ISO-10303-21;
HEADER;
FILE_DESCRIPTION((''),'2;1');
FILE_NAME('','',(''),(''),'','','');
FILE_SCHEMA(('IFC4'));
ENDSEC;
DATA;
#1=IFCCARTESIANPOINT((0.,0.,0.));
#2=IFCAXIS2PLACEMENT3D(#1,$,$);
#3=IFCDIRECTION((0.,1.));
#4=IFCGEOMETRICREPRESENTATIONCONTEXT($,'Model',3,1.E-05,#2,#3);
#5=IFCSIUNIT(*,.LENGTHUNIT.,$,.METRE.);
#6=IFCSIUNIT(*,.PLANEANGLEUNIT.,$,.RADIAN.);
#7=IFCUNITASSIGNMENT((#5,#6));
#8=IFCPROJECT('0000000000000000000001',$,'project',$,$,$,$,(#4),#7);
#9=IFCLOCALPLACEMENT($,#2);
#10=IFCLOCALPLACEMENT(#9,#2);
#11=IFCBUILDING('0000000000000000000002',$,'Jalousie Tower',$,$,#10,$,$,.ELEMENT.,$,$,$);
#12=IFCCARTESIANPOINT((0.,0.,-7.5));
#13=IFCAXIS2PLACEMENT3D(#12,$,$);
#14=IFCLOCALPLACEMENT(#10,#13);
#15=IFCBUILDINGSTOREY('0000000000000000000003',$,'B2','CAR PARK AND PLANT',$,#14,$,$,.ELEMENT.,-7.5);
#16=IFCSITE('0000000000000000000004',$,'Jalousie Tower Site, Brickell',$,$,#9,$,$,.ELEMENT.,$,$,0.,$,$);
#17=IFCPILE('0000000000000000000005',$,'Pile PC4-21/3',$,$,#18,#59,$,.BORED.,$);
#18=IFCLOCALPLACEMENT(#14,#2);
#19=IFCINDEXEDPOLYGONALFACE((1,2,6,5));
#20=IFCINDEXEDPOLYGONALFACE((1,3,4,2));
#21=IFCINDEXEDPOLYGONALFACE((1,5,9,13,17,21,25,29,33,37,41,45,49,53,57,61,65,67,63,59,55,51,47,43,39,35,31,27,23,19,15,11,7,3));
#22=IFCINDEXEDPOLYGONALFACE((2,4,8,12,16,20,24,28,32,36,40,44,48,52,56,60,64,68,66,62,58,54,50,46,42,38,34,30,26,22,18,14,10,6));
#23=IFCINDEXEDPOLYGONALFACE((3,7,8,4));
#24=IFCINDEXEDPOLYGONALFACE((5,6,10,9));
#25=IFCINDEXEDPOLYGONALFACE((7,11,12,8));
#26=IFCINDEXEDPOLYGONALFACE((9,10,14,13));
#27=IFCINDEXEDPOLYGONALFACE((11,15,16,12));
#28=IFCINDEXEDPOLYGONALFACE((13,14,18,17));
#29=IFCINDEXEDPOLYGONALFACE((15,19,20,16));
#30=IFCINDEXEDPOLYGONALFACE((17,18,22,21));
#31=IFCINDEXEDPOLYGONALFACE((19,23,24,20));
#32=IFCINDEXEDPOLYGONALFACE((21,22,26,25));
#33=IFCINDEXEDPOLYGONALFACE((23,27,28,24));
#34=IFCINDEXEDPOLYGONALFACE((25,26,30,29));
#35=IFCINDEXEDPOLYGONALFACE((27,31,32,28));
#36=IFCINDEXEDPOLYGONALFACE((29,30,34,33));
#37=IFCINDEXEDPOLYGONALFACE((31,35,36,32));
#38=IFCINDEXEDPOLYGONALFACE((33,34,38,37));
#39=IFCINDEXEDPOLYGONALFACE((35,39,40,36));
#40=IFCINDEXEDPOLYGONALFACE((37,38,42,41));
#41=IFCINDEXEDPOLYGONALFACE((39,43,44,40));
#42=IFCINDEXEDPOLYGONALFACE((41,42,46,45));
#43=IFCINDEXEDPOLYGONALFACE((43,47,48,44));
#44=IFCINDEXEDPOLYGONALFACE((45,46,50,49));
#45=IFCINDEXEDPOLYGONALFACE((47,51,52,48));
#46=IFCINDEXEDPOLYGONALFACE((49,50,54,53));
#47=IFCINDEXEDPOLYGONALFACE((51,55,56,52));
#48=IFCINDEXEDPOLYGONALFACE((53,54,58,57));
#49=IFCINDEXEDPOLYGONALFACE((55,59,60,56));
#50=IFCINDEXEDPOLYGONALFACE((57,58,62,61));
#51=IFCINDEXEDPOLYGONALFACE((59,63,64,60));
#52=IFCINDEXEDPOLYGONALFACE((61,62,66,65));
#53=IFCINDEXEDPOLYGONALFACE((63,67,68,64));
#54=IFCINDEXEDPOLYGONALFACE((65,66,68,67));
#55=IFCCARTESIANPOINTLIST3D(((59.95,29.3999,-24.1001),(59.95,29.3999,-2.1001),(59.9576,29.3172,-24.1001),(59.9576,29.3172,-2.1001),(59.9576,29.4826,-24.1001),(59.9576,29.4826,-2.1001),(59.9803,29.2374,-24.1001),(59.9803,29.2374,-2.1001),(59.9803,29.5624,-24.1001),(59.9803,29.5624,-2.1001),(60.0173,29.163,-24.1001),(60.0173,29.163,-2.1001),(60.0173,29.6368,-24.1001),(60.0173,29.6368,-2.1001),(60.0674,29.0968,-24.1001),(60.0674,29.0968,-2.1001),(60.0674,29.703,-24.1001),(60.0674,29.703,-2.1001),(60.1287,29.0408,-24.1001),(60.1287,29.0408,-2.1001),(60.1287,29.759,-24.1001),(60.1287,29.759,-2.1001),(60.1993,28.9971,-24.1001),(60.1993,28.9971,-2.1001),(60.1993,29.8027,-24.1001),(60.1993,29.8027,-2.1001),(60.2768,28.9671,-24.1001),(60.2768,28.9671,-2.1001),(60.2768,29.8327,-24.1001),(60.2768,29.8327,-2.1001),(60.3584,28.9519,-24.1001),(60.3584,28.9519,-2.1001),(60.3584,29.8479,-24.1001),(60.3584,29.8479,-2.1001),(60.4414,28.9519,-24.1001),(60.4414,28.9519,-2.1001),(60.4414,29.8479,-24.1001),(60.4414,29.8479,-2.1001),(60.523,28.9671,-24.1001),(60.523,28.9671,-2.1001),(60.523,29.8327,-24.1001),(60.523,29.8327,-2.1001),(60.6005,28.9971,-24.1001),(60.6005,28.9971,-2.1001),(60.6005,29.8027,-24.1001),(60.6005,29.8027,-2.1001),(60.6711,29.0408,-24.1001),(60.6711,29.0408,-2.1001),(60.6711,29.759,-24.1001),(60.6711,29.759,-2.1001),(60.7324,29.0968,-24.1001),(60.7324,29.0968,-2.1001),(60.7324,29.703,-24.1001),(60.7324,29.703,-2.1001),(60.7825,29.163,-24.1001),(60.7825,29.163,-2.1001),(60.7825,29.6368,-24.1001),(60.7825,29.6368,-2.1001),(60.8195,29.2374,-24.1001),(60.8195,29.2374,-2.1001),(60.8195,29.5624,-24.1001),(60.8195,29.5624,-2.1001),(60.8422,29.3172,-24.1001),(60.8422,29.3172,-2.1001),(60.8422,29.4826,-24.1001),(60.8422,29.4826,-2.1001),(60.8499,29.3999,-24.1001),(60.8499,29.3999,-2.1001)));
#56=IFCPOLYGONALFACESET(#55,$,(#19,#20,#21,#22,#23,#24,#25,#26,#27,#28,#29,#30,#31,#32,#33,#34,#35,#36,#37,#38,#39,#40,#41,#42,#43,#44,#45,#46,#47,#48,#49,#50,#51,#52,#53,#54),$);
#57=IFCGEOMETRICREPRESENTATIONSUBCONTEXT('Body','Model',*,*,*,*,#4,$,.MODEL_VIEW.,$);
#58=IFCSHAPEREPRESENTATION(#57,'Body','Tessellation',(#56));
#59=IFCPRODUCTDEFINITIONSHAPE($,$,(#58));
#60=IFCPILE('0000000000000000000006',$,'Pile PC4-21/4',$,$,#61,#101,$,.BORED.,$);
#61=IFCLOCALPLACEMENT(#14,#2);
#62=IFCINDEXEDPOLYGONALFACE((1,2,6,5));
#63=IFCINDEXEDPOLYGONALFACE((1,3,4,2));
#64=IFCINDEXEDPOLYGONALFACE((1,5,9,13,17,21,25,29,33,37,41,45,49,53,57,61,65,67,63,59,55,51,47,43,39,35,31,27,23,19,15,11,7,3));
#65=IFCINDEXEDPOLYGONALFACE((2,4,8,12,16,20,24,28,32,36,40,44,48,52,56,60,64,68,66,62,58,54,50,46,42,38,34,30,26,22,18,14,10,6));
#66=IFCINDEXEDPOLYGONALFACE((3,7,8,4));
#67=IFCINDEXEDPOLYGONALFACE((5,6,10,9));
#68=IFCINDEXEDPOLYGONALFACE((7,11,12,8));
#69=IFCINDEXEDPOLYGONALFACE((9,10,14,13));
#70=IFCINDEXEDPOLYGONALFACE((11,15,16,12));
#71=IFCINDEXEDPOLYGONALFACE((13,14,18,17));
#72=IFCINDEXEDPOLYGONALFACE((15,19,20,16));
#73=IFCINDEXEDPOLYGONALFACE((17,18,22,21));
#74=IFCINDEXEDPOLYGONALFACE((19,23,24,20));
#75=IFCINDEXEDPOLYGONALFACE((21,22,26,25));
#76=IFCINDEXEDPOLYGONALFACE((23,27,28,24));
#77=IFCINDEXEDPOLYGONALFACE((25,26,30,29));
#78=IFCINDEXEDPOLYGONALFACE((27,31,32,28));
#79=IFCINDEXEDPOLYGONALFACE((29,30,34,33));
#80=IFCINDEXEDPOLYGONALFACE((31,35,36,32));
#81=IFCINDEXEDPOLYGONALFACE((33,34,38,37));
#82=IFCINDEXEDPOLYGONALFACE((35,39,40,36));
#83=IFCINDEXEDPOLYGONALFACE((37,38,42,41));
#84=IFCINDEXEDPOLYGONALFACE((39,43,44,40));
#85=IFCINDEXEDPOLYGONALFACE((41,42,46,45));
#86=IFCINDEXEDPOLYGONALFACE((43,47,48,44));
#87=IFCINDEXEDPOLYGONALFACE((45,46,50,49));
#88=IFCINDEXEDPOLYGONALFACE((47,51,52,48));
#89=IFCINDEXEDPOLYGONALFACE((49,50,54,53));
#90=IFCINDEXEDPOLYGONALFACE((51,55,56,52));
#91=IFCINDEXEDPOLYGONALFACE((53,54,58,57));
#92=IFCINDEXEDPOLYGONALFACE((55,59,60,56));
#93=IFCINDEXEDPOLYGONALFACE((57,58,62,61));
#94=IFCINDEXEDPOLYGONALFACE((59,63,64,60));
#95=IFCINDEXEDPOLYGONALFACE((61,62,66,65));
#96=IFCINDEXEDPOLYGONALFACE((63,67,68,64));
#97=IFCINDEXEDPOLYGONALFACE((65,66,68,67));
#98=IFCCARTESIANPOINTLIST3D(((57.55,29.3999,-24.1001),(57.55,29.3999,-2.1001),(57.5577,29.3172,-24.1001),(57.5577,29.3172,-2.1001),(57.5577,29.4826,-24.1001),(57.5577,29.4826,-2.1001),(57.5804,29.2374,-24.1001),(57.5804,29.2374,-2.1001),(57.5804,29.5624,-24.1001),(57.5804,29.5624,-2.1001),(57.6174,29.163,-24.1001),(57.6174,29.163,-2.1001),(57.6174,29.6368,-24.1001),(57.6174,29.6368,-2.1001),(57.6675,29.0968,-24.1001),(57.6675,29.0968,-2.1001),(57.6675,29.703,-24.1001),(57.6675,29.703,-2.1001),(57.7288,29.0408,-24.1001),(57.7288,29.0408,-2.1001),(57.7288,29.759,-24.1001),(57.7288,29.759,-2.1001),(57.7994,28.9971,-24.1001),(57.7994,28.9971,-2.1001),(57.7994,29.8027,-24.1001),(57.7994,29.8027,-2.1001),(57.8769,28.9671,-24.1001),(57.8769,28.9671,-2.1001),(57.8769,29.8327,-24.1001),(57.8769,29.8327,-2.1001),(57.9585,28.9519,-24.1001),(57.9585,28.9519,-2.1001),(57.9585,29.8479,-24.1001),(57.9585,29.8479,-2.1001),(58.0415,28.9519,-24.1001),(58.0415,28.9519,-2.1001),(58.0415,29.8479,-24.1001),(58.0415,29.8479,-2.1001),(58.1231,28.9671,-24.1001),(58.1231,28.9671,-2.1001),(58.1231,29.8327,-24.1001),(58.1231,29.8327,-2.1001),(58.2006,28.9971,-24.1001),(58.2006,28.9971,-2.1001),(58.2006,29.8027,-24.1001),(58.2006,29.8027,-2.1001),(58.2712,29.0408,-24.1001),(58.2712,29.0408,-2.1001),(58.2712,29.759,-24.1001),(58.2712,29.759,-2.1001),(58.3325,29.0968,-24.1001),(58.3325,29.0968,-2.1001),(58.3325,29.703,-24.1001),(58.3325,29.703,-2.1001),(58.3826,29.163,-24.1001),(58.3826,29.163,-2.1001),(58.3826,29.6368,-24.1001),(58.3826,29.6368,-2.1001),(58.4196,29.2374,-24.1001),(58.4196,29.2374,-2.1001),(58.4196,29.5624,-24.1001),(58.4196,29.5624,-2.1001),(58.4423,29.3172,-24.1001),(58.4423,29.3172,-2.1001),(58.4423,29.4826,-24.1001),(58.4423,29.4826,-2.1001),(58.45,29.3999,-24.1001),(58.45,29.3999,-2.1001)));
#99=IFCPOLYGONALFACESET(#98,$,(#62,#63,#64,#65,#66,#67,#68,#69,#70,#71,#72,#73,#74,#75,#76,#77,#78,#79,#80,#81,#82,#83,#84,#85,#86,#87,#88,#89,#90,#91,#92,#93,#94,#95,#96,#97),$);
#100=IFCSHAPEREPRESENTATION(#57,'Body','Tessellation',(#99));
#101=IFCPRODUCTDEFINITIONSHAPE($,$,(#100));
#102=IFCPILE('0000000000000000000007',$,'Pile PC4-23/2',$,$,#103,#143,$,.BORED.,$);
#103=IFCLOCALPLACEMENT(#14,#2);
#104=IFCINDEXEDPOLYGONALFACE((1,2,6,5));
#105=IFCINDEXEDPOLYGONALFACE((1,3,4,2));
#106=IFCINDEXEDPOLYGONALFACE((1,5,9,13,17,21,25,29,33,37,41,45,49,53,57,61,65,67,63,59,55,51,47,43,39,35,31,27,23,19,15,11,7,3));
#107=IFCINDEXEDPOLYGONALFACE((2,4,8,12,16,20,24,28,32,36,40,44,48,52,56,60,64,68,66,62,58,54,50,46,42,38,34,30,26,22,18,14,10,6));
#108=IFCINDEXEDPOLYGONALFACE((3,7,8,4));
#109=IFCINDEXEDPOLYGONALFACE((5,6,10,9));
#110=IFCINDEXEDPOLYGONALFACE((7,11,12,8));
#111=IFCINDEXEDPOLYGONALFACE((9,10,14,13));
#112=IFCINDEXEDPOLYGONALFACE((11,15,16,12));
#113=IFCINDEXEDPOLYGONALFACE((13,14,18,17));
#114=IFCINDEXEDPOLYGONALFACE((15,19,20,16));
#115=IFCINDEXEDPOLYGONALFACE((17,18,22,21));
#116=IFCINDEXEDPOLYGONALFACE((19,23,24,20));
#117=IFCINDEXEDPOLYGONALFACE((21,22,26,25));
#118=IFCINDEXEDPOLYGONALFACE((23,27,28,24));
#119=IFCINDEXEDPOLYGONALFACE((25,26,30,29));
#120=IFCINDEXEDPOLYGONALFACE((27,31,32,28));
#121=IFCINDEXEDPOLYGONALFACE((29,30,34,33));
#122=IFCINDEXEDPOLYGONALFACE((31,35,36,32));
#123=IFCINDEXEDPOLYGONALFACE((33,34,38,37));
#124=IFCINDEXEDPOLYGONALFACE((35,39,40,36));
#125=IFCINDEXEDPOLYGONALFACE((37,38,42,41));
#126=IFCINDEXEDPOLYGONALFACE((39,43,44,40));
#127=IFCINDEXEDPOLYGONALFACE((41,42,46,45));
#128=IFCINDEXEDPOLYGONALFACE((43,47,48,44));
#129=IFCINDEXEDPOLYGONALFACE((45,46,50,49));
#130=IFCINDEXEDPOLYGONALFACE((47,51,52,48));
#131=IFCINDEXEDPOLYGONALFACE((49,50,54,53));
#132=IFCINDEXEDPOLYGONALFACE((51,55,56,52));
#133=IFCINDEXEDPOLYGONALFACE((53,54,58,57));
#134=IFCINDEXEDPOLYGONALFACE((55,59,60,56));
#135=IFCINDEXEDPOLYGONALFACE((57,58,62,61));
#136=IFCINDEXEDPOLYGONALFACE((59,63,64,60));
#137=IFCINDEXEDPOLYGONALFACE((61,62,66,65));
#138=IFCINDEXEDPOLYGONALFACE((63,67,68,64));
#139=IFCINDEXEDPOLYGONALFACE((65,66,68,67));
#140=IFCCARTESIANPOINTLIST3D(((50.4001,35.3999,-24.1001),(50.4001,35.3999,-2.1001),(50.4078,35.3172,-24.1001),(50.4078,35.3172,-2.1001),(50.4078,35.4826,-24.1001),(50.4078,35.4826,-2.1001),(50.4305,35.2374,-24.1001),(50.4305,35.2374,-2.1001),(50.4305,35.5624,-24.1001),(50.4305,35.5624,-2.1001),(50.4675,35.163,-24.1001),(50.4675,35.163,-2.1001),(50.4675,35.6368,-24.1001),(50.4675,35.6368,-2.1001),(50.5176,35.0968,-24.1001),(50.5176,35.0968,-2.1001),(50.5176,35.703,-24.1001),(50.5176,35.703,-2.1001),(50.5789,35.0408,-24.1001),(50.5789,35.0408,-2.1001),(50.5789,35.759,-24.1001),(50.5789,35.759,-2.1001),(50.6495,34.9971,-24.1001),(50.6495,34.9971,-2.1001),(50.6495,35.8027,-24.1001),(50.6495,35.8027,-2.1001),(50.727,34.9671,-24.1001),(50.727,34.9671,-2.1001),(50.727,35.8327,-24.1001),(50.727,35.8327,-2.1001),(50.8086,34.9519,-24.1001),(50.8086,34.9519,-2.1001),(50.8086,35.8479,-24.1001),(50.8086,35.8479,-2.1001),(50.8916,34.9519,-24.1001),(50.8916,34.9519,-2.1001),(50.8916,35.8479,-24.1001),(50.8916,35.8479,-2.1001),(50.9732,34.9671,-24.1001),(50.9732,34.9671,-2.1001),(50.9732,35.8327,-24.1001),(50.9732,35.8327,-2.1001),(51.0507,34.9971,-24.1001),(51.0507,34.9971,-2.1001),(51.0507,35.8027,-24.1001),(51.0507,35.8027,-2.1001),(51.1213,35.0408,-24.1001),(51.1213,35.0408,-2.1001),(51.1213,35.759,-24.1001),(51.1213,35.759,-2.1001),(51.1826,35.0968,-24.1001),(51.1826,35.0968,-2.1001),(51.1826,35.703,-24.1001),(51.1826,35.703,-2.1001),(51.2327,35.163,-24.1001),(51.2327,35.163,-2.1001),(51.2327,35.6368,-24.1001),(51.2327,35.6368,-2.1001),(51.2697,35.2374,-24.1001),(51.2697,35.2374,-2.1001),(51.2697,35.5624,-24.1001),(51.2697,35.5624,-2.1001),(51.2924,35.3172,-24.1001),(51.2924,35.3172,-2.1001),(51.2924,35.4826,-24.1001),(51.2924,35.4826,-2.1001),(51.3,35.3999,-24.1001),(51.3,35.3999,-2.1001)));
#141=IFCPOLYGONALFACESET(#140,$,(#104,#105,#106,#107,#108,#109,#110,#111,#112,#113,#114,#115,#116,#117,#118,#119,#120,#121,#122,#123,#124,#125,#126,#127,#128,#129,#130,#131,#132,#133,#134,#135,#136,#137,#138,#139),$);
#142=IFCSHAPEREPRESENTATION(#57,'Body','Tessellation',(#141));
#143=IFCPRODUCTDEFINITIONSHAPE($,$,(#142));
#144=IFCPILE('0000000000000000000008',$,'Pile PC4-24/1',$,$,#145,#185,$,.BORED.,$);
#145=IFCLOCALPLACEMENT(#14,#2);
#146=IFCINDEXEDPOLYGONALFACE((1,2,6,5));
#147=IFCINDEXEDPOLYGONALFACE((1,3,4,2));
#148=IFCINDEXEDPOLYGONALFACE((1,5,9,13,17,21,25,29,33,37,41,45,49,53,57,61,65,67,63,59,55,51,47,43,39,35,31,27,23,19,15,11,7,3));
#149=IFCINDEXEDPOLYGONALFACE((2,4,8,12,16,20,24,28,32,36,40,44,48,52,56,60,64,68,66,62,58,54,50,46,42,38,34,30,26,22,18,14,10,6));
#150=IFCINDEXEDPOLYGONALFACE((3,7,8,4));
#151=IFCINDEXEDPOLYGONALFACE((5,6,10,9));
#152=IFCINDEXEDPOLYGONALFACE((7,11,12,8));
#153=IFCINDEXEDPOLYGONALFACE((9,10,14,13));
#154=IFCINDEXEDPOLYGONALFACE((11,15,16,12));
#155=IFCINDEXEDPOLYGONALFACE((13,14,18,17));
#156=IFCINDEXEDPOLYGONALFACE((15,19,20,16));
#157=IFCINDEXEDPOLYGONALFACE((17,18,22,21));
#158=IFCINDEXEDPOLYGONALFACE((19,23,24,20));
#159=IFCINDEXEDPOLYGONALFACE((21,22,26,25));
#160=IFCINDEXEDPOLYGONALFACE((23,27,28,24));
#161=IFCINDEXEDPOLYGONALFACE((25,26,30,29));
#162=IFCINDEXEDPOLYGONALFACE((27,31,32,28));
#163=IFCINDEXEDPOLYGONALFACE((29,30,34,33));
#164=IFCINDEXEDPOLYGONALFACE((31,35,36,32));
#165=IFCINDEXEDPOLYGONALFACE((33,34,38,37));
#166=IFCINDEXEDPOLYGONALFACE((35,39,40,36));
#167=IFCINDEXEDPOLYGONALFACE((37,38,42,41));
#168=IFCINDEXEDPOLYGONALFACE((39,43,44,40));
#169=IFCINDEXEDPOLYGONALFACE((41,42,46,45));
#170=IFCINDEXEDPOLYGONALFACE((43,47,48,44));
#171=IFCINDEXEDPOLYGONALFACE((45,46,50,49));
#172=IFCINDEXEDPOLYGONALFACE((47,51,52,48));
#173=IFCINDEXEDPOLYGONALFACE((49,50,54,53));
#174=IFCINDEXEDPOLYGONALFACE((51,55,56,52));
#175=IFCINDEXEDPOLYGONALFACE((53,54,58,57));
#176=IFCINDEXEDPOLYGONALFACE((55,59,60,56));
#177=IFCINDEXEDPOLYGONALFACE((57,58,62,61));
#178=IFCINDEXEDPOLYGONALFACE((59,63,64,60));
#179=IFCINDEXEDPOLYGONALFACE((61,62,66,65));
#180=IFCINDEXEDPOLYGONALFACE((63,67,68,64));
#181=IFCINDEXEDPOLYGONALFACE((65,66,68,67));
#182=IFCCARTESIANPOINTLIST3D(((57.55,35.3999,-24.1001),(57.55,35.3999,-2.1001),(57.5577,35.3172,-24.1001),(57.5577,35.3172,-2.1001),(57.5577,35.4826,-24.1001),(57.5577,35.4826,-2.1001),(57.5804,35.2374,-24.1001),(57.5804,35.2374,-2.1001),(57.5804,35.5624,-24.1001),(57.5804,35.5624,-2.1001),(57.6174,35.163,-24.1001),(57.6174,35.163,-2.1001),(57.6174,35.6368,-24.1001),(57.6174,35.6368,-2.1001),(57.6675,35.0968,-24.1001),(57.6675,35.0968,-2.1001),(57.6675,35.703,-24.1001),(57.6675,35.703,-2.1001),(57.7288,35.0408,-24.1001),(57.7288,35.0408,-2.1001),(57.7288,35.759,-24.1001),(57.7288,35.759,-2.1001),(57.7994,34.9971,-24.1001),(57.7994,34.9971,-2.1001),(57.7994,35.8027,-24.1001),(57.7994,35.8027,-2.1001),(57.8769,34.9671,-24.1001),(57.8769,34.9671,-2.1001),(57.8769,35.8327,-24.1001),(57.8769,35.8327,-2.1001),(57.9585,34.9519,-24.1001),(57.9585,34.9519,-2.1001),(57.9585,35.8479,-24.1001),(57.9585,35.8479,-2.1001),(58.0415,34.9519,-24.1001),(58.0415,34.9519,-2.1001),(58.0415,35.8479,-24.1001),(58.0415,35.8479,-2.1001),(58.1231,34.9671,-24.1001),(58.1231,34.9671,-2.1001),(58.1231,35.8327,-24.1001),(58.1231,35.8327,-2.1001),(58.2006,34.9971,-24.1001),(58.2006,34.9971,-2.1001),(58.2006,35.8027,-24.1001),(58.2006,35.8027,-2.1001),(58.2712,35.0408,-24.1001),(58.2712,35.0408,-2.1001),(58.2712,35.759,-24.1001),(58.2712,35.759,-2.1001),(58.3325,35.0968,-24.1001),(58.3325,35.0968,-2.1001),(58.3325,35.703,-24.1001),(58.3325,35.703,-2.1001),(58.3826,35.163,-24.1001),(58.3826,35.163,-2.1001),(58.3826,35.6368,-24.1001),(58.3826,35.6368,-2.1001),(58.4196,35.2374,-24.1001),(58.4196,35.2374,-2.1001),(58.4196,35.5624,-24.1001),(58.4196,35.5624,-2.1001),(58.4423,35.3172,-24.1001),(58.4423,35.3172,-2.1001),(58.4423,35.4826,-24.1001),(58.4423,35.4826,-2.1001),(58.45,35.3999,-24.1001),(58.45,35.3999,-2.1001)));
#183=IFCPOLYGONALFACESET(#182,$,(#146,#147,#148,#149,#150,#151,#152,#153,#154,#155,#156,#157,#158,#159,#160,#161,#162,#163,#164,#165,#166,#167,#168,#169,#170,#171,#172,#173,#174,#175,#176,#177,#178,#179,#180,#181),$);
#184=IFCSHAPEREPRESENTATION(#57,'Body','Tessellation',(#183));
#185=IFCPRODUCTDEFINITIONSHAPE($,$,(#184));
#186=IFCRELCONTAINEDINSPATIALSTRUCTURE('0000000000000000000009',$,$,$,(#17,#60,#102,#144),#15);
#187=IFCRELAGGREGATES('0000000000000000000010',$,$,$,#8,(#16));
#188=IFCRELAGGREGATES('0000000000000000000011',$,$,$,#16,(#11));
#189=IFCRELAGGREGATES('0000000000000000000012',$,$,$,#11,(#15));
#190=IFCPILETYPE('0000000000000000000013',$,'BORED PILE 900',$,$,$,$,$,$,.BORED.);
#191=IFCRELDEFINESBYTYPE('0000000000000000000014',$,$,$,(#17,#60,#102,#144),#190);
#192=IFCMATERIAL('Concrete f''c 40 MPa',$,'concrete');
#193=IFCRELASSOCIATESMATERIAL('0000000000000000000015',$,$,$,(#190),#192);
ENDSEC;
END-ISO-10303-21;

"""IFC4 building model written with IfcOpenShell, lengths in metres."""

from ifc_helpers import new_model, si_unit, direction, frame, origin, origin_2d, place, context, subcontext, project, spatial, circle, extrude, material, material_profile, profile_set, type_object, element, save


model = new_model("IFC4")

# Units and contexts
model_context = context("Model", 3, precision=1e-05, world=origin(), true_north=direction((0.0, 1.0)))
body_context = subcontext(model_context, "Body", "Model", "MODEL_VIEW")
ifc_project = project(units=[si_unit("LENGTHUNIT", "METRE"), si_unit("PLANEANGLEUNIT", "RADIAN")], contexts=[model_context])

# Site, building, storey
site_placement = place(None, origin())
site = spatial("IfcSite", under=ifc_project, at=site_placement, Name="Jalousie Tower Site, Brickell", CompositionType="ELEMENT", RefElevation=0.0)
building_placement = place(site_placement, origin())
building = spatial("IfcBuilding", under=site, at=building_placement, Name="Jalousie Tower", CompositionType="ELEMENT")
storey_placement = place(building_placement, frame((0.0, 0.0, -7.5)))
storey = spatial("IfcBuildingStorey", under=building, at=storey_placement, Name="B2", Description="CAR PARK AND PLANT", CompositionType="ELEMENT", Elevation=-7.5)

# Piles
ifc_material_1 = material(Name="Concrete f'c 40 MPa", Category="concrete")
ifc_material_profile_1 = material_profile(ifc_material_1, circle(Radius=0.45, at=origin_2d()), Name="BORED PILE D900")
ifc_profile_set_1 = profile_set([ifc_material_profile_1], Name="Concrete f'c 40 MPa")
pile_type = type_object("IfcPileType", Name="BORED PILE 900", PredefinedType="BORED", material=ifc_profile_set_1)
for number, where, z_axis, x_axis, name in (
    (1, (60.3999, 29.3999, -2.1001), (0.0, 0.0, -1.0), (1.0, 0.0, 0.0), "Pile PC4-21/3"),
    (2, (58.0, 29.3999, -2.1001), (0.0, 0.0, -1.0), (1.0, 0.0, 0.0), "Pile PC4-21/4"),
    (3, (50.8501, 35.3999, -2.1001), (0.0, 0.0, -1.0), (1.0, 0.0, 0.0), "Pile PC4-23/2"),
    (4, (58.0, 35.3999, -2.1001), (0.0, 0.0, -1.0), (1.0, 0.0, 0.0), "Pile PC4-24/1"),
):
    element("IfcPile", number, at=place(storey_placement, frame(where, z_axis=z_axis, x_axis=x_axis)), inside=storey, type_object=pile_type, Name=name, PredefinedType="BORED", context=body_context, shape_type="SweptSolid", body=[
        extrude(circle(Radius=0.45, at=origin_2d()), origin(), (0.0, 0.0, 1.0), 22.0),
    ])

save(model, "model.ifc")
